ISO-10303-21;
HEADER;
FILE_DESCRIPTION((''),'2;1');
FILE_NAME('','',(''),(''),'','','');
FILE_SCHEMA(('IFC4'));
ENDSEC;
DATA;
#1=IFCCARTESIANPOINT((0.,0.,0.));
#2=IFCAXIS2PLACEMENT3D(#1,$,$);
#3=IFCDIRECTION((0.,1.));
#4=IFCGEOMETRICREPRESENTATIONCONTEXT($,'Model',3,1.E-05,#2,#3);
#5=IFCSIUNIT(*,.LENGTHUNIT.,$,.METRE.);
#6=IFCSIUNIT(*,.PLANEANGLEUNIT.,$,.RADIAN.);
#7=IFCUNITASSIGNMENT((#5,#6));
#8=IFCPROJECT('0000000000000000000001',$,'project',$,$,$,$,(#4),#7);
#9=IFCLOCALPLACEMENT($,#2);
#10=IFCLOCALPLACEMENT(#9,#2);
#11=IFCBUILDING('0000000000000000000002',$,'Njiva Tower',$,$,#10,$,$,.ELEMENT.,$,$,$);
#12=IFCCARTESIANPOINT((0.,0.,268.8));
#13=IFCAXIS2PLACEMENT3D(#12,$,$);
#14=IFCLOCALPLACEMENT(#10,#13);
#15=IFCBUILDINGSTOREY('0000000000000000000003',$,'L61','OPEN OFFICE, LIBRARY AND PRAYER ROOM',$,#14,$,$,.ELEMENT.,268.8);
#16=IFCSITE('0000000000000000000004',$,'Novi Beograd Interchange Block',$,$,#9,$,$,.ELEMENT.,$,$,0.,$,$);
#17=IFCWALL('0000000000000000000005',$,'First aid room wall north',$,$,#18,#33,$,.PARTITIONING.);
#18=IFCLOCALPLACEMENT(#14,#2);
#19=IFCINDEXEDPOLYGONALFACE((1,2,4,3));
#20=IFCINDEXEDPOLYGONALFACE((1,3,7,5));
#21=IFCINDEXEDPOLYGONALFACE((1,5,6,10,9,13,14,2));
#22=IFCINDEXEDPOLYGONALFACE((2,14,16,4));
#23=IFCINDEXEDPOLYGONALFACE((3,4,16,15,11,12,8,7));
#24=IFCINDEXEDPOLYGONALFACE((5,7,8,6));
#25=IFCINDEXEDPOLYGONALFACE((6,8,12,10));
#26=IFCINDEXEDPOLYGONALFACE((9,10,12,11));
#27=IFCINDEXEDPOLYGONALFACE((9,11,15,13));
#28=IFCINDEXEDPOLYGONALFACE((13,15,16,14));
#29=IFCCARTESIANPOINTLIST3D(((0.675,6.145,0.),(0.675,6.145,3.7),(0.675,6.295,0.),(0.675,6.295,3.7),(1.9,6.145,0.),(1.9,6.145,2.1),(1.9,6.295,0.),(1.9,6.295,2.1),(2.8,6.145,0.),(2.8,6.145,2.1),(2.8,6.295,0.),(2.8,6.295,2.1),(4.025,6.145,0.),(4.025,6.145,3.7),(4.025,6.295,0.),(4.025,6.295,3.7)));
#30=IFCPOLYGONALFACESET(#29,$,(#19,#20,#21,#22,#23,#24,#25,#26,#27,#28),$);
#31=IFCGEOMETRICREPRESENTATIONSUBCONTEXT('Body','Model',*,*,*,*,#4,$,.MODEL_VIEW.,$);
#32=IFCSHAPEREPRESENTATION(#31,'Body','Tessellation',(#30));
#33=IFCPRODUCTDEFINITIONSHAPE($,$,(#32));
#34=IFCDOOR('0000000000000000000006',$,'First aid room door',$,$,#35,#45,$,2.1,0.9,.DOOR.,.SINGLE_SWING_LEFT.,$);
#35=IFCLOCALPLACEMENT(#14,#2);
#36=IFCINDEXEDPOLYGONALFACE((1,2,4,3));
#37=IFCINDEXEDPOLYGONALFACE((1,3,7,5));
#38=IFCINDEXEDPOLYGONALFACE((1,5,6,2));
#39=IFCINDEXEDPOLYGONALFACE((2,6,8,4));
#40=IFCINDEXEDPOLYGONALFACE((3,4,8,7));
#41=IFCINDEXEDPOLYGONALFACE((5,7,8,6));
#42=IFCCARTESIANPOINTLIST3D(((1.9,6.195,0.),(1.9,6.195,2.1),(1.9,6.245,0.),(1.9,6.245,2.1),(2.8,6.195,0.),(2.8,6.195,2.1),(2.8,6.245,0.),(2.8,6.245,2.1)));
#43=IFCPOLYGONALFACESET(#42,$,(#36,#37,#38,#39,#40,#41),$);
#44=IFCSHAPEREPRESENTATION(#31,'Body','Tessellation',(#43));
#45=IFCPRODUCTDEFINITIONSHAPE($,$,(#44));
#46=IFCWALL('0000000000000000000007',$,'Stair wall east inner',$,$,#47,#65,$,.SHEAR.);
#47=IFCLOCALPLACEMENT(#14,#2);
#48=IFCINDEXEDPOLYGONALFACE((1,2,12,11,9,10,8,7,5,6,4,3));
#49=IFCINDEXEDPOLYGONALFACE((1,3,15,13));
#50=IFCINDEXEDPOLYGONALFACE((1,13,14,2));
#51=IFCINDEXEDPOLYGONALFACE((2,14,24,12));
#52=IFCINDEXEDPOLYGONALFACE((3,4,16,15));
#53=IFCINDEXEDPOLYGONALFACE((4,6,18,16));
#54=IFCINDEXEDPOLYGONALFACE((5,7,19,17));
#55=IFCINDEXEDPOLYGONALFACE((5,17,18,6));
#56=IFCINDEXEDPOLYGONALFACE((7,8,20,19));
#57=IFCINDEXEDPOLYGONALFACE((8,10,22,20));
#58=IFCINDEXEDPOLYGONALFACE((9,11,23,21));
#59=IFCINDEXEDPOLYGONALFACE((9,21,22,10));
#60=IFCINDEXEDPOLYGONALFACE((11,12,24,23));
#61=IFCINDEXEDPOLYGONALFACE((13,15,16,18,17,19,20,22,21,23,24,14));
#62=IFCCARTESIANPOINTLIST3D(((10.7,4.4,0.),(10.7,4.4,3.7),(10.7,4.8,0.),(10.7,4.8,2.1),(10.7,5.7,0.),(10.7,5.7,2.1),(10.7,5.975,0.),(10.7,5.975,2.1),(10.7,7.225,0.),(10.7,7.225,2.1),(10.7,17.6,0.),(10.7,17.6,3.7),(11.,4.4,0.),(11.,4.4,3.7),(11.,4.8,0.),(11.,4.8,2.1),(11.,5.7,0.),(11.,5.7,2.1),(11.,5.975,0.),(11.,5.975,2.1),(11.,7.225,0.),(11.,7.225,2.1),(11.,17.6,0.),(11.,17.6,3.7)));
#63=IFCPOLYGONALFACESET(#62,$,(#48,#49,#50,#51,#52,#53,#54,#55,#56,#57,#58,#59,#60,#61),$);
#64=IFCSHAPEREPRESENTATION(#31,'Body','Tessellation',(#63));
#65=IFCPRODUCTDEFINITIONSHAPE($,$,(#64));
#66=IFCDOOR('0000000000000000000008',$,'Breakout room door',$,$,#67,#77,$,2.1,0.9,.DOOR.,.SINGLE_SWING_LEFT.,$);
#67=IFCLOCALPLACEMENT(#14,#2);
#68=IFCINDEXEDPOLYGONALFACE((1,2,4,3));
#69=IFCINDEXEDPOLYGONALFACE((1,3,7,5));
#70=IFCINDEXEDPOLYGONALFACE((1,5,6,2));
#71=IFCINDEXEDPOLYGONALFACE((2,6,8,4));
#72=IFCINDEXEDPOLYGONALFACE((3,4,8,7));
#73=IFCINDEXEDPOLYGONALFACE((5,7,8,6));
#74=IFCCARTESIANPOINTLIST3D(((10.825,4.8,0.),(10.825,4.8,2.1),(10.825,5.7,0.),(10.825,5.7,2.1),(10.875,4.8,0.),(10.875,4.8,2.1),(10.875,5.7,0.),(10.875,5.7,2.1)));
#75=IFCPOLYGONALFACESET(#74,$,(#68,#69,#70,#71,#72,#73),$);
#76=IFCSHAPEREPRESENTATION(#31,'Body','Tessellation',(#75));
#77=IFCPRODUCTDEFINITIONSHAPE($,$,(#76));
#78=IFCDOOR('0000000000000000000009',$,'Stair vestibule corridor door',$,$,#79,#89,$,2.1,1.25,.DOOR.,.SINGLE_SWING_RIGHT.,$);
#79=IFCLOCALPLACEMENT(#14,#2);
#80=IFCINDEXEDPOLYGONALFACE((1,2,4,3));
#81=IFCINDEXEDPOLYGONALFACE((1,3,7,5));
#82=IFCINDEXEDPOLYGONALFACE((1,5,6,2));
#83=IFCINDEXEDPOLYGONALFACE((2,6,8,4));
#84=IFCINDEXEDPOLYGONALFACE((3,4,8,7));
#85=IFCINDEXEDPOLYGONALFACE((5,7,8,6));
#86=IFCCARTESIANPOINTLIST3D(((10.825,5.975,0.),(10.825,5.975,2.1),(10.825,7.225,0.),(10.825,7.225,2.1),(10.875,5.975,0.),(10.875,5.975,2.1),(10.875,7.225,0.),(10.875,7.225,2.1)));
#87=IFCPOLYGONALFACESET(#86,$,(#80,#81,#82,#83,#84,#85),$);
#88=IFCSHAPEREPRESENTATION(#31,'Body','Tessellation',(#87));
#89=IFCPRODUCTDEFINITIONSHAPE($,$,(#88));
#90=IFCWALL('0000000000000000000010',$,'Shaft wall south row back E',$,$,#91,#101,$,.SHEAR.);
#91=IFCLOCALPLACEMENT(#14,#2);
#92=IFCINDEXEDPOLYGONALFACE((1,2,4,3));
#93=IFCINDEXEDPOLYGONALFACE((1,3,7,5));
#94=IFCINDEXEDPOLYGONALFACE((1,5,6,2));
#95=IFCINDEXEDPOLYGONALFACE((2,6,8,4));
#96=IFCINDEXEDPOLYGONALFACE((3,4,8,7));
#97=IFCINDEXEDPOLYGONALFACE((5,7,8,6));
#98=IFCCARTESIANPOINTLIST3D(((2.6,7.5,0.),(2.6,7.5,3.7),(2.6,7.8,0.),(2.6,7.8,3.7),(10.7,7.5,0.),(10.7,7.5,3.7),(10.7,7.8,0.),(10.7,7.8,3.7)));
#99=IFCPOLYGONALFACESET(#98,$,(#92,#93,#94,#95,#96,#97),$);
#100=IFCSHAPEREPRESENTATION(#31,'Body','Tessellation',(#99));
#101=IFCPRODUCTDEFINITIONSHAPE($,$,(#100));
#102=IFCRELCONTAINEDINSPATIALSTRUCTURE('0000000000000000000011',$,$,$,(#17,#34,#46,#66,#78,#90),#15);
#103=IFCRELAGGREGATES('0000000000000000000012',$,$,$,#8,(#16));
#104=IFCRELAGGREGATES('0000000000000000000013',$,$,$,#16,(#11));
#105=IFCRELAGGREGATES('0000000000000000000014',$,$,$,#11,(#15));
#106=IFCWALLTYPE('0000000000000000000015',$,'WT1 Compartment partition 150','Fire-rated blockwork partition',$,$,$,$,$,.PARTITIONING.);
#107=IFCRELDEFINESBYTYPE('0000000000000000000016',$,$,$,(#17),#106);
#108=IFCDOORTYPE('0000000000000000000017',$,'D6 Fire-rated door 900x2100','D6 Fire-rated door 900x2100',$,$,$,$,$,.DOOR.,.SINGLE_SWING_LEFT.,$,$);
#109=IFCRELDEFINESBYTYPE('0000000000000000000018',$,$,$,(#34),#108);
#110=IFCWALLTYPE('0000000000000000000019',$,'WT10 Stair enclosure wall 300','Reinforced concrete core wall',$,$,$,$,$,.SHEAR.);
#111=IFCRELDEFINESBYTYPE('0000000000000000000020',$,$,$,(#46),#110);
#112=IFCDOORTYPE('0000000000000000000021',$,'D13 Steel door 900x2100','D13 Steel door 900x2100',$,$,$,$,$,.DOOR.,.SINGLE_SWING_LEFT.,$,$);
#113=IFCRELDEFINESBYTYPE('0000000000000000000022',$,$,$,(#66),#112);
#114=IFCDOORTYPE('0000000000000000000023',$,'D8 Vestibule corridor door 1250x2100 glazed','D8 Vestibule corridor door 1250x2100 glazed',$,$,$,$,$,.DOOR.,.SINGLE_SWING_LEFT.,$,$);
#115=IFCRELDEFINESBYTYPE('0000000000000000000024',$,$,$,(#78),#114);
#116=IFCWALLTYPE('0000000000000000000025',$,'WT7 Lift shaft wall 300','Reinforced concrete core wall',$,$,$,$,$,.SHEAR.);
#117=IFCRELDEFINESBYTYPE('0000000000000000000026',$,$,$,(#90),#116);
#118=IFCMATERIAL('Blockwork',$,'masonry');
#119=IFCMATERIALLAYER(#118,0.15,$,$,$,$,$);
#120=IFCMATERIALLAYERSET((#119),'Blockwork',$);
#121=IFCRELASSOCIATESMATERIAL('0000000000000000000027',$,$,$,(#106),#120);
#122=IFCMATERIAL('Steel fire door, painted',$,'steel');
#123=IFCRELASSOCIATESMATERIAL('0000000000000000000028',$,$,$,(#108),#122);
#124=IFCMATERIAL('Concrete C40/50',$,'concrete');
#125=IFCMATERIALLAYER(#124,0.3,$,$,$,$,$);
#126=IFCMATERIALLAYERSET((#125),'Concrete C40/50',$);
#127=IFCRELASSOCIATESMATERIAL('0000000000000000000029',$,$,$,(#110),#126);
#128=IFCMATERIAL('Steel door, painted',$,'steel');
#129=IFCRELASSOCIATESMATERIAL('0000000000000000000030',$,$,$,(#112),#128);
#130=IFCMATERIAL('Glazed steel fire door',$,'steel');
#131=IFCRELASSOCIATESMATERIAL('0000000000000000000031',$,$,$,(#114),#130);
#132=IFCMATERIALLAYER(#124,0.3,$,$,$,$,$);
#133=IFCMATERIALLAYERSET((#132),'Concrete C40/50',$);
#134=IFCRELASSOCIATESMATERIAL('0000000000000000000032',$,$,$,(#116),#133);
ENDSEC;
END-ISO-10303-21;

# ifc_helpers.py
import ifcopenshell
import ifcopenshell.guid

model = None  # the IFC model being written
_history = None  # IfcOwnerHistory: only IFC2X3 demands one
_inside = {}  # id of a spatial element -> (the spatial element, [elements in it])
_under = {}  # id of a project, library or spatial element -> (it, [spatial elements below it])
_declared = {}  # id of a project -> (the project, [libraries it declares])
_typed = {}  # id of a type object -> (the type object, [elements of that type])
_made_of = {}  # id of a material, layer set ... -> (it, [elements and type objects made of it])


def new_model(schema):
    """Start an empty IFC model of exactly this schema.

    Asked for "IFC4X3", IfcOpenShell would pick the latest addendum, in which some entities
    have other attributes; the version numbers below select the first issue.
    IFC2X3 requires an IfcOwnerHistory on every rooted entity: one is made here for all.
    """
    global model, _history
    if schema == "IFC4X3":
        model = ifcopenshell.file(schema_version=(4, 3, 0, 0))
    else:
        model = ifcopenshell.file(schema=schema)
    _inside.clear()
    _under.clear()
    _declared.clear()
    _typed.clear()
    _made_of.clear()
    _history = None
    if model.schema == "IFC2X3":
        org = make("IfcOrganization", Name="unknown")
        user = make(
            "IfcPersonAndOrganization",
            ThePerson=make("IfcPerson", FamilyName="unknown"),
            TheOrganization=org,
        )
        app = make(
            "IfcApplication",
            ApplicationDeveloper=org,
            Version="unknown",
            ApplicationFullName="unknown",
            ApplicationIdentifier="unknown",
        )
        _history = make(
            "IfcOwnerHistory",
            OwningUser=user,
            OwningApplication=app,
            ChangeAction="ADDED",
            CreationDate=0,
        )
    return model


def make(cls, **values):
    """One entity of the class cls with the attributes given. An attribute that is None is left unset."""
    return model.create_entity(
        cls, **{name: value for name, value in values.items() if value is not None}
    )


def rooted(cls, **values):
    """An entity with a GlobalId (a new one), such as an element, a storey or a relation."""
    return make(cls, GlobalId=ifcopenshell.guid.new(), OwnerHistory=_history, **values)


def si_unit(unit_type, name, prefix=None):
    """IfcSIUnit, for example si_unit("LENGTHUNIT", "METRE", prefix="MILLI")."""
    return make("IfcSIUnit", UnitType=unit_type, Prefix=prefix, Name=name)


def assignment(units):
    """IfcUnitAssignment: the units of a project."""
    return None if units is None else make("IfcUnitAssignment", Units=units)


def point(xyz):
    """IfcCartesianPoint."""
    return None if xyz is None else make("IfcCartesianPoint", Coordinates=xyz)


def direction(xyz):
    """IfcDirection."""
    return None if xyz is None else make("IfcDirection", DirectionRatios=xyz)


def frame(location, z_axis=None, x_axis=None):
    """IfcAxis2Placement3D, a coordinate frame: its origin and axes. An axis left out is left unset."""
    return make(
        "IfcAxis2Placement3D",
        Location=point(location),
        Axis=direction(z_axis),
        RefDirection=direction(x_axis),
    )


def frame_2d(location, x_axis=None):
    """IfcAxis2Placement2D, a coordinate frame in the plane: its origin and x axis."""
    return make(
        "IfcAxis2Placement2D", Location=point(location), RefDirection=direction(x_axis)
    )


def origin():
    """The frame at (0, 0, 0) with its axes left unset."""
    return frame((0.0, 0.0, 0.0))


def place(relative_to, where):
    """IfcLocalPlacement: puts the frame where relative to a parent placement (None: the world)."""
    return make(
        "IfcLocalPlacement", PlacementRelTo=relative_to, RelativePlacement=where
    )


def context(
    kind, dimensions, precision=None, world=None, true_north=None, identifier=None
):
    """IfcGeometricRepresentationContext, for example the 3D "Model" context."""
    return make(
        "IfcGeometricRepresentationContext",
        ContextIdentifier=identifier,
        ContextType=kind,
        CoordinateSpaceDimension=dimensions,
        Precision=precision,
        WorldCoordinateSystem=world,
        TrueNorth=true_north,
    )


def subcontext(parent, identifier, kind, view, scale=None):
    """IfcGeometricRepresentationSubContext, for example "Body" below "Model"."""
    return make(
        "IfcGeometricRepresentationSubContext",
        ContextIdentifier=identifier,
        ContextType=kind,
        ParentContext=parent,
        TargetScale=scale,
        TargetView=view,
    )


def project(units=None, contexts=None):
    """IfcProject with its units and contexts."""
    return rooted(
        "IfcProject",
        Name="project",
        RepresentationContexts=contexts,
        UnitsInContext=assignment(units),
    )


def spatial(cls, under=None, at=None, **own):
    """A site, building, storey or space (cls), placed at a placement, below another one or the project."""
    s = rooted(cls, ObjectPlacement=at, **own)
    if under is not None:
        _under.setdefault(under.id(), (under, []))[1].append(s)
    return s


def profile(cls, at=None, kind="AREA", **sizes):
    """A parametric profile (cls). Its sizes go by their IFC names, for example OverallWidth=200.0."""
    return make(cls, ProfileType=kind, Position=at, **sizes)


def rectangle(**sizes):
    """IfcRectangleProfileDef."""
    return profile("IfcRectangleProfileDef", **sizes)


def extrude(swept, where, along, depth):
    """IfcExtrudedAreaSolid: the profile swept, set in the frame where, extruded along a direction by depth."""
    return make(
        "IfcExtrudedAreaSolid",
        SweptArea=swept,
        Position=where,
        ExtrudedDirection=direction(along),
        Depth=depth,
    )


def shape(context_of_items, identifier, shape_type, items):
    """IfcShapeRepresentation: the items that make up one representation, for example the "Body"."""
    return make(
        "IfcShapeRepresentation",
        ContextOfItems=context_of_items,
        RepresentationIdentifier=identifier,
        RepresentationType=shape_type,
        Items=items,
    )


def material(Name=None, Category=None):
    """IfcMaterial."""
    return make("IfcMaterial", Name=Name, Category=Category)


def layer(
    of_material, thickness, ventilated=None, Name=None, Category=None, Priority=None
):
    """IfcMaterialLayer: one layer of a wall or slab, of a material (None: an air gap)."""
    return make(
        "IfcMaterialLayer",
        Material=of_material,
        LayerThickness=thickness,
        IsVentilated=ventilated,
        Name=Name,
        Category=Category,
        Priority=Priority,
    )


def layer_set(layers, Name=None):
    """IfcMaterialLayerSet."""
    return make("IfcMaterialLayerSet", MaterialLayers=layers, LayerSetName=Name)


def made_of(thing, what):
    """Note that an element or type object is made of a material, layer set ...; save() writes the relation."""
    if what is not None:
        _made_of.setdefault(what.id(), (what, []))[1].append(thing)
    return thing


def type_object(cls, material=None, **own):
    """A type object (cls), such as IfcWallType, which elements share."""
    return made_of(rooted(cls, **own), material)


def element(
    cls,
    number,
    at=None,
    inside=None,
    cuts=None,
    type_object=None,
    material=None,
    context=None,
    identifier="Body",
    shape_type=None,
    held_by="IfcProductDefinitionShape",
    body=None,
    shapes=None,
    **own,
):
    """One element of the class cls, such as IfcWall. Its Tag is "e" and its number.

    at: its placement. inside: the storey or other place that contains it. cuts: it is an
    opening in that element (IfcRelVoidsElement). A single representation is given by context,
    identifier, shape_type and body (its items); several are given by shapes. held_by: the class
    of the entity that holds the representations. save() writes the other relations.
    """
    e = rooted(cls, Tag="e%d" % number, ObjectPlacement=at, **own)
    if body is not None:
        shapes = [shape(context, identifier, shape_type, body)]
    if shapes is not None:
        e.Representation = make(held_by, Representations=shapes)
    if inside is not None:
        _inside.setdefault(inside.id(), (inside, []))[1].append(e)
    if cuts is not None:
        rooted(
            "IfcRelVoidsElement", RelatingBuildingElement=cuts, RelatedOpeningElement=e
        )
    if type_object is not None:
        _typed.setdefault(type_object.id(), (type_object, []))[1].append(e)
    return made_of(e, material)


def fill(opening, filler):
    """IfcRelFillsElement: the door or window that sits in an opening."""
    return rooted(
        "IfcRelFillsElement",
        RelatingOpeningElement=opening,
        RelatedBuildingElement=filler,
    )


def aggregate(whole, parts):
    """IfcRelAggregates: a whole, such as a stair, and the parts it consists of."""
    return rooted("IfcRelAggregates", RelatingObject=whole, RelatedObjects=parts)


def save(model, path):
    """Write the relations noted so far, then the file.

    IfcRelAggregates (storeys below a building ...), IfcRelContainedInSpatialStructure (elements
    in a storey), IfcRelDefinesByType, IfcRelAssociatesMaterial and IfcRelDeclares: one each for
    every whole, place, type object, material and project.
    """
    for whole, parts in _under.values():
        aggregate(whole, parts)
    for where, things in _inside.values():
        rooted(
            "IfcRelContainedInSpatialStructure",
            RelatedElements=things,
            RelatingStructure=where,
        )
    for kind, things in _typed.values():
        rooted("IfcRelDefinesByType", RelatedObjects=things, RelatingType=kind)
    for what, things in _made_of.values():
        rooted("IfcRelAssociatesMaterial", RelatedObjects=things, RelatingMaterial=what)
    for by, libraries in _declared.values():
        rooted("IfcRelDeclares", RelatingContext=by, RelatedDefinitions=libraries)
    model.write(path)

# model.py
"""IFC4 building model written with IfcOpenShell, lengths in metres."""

from ifc_helpers import new_model, si_unit, direction, frame, frame_2d, origin, place, context, subcontext, project, spatial, rectangle, extrude, material, layer, layer_set, type_object, element, fill, save


model = new_model("IFC4")

# Units and contexts
model_context = context("Model", 3, precision=1e-05, world=origin(), true_north=direction((0.0, 1.0)))
body_context = subcontext(model_context, "Body", "Model", "MODEL_VIEW")
ifc_project = project(units=[si_unit("LENGTHUNIT", "METRE"), si_unit("PLANEANGLEUNIT", "RADIAN")], contexts=[model_context])

# Site, building, storey
site_placement = place(None, origin())
site = spatial("IfcSite", under=ifc_project, at=site_placement, Name="Novi Beograd Interchange Block", CompositionType="ELEMENT", RefElevation=0.0)
building_placement = place(site_placement, origin())
building = spatial("IfcBuilding", under=site, at=building_placement, Name="Njiva Tower", CompositionType="ELEMENT")
storey_placement = place(building_placement, frame((0.0, 0.0, 268.8)))
storey = spatial("IfcBuildingStorey", under=building, at=storey_placement, Name="L61", Description="OPEN OFFICE, LIBRARY AND PRAYER ROOM", CompositionType="ELEMENT", Elevation=268.8)

# Shared definitions
ifc_material_1 = material(Name="Blockwork", Category="masonry")
ifc_layer_1 = layer(ifc_material_1, 0.15)
ifc_layer_set_1 = layer_set([ifc_layer_1], Name="Blockwork")
wall_type_1 = type_object("IfcWallType", Name="WT1 Compartment partition 150", Description="Fire-rated blockwork partition", PredefinedType="PARTITIONING", material=ifc_layer_set_1)

# Wall, opening, door
wall_1_placement = place(storey_placement, frame((0.675, 6.22, 0.0), z_axis=(0.0, 0.0, 1.0), x_axis=(1.0, 0.0, 0.0)))
wall_1 = element("IfcWall", 1, at=wall_1_placement, inside=storey, type_object=wall_type_1, Name="First aid room wall north", PredefinedType="PARTITIONING", context=body_context, shape_type="SweptSolid", body=[
    extrude(rectangle(XDim=3.35, YDim=0.15, at=frame_2d((1.675, 0.0))), origin(), (0.0, 0.0, 1.0), 3.7),
])
opening_1_placement = place(wall_1_placement, frame((1.225, 0.0, 0.0)))
opening_1 = element("IfcOpeningElement", 2, at=opening_1_placement, cuts=wall_1, PredefinedType="OPENING", context=body_context, shape_type="SweptSolid", body=[
    extrude(rectangle(XDim=0.9, YDim=2.1, at=frame_2d((0.45, 1.05))), frame((0.0, 0.085, 0.0), z_axis=(0.0, -1.0, 0.0), x_axis=(1.0, 0.0, 0.0)), (0.0, 0.0, 1.0), 0.17),
])
ifc_material_2 = material(Name="Steel fire door, painted", Category="steel")
door_type_1 = type_object("IfcDoorType", Name="D6 Fire-rated door 900x2100", Description="D6 Fire-rated door 900x2100", OperationType="SINGLE_SWING_LEFT", PredefinedType="DOOR", material=ifc_material_2)
door_1_placement = place(opening_1_placement, origin())
door_1 = element("IfcDoor", 3, at=door_1_placement, inside=storey, type_object=door_type_1, Name="First aid room door", OperationType="SINGLE_SWING_LEFT", OverallHeight=2.1, OverallWidth=0.9, PredefinedType="DOOR", context=body_context, shape_type="SweptSolid", body=[
    extrude(rectangle(XDim=0.9, YDim=2.1, at=frame_2d((0.45, 1.05))), frame((0.0, 0.025, 0.0), z_axis=(0.0, -1.0, 0.0), x_axis=(1.0, 0.0, 0.0)), (0.0, 0.0, 1.0), 0.05),
])
fill(opening_1, door_1)

# Wall, openings, doors
ifc_material_3 = material(Name="Concrete C40/50", Category="concrete")
ifc_layer_2 = layer(ifc_material_3, 0.3)
ifc_layer_set_2 = layer_set([ifc_layer_2], Name="Concrete C40/50")
wall_type_2 = type_object("IfcWallType", Name="WT10 Stair enclosure wall 300", Description="Reinforced concrete core wall", PredefinedType="SHEAR", material=ifc_layer_set_2)
wall_2_placement = place(storey_placement, frame((10.85, 4.4, 0.0), z_axis=(0.0, 0.0, 1.0), x_axis=(0.0, 1.0, 0.0)))
wall_2 = element("IfcWall", 4, at=wall_2_placement, inside=storey, type_object=wall_type_2, Name="Stair wall east inner", PredefinedType="SHEAR", context=body_context, shape_type="SweptSolid", body=[
    extrude(rectangle(XDim=13.2, YDim=0.3, at=frame_2d((6.6, 0.0))), origin(), (0.0, 0.0, 1.0), 3.7),
])
opening_2_placement = place(wall_2_placement, frame((1.575, 0.0, 0.0)))
opening_2 = element("IfcOpeningElement", 5, at=opening_2_placement, cuts=wall_2, PredefinedType="OPENING", context=body_context, shape_type="SweptSolid", body=[
    extrude(rectangle(XDim=1.25, YDim=2.1, at=frame_2d((0.625, 1.05))), frame((0.0, 0.16, 0.0), z_axis=(0.0, -1.0, 0.0), x_axis=(1.0, 0.0, 0.0)), (0.0, 0.0, 1.0), 0.32),
])
opening_3_placement = place(wall_2_placement, frame((0.4, 0.0, 0.0)))
opening_3 = element("IfcOpeningElement", 6, at=opening_3_placement, cuts=wall_2, PredefinedType="OPENING", context=body_context, shape_type="SweptSolid", body=[
    extrude(rectangle(XDim=0.9, YDim=2.1, at=frame_2d((0.45, 1.05))), frame((0.0, 0.16, 0.0), z_axis=(0.0, -1.0, 0.0), x_axis=(1.0, 0.0, 0.0)), (0.0, 0.0, 1.0), 0.32),
])
ifc_material_4 = material(Name="Steel door, painted", Category="steel")
door_type_2 = type_object("IfcDoorType", Name="D13 Steel door 900x2100", Description="D13 Steel door 900x2100", OperationType="SINGLE_SWING_LEFT", PredefinedType="DOOR", material=ifc_material_4)
door_2_placement = place(opening_3_placement, origin())
door_2 = element("IfcDoor", 7, at=door_2_placement, inside=storey, type_object=door_type_2, Name="Breakout room door", OperationType="SINGLE_SWING_LEFT", OverallHeight=2.1, OverallWidth=0.9, PredefinedType="DOOR", context=body_context, shape_type="SweptSolid", body=[
    extrude(rectangle(XDim=0.9, YDim=2.1, at=frame_2d((0.45, 1.05))), frame((0.0, 0.025, 0.0), z_axis=(0.0, -1.0, 0.0), x_axis=(1.0, 0.0, 0.0)), (0.0, 0.0, 1.0), 0.05),
])
fill(opening_3, door_2)
ifc_material_5 = material(Name="Glazed steel fire door", Category="steel")
door_type_3 = type_object("IfcDoorType", Name="D8 Vestibule corridor door 1250x2100 glazed", Description="D8 Vestibule corridor door 1250x2100 glazed", OperationType="SINGLE_SWING_LEFT", PredefinedType="DOOR", material=ifc_material_5)
door_3_placement = place(opening_2_placement, origin())
door_3 = element("IfcDoor", 8, at=door_3_placement, inside=storey, type_object=door_type_3, Name="Stair vestibule corridor door", OperationType="SINGLE_SWING_RIGHT", OverallHeight=2.1, OverallWidth=1.25, PredefinedType="DOOR", context=body_context, shape_type="SweptSolid", body=[
    extrude(rectangle(XDim=1.25, YDim=2.1, at=frame_2d((0.625, 1.05))), frame((0.0, 0.025, 0.0), z_axis=(0.0, -1.0, 0.0), x_axis=(1.0, 0.0, 0.0)), (0.0, 0.0, 1.0), 0.05),
])
fill(opening_2, door_3)

# Wall
ifc_layer_3 = layer(ifc_material_3, 0.3)
ifc_layer_set_3 = layer_set([ifc_layer_3], Name="Concrete C40/50")
wall_type_3 = type_object("IfcWallType", Name="WT7 Lift shaft wall 300", Description="Reinforced concrete core wall", PredefinedType="SHEAR", material=ifc_layer_set_3)
wall_3_placement = place(storey_placement, frame((2.6, 7.65, 0.0), z_axis=(0.0, 0.0, 1.0), x_axis=(1.0, 0.0, 0.0)))
element("IfcWall", 9, at=wall_3_placement, inside=storey, type_object=wall_type_3, Name="Shaft wall south row back E", PredefinedType="SHEAR", context=body_context, shape_type="SweptSolid", body=[
    extrude(rectangle(XDim=8.1, YDim=0.3, at=frame_2d((4.05, 0.0))), origin(), (0.0, 0.0, 1.0), 3.7),
])

save(model, "model.ifc")
